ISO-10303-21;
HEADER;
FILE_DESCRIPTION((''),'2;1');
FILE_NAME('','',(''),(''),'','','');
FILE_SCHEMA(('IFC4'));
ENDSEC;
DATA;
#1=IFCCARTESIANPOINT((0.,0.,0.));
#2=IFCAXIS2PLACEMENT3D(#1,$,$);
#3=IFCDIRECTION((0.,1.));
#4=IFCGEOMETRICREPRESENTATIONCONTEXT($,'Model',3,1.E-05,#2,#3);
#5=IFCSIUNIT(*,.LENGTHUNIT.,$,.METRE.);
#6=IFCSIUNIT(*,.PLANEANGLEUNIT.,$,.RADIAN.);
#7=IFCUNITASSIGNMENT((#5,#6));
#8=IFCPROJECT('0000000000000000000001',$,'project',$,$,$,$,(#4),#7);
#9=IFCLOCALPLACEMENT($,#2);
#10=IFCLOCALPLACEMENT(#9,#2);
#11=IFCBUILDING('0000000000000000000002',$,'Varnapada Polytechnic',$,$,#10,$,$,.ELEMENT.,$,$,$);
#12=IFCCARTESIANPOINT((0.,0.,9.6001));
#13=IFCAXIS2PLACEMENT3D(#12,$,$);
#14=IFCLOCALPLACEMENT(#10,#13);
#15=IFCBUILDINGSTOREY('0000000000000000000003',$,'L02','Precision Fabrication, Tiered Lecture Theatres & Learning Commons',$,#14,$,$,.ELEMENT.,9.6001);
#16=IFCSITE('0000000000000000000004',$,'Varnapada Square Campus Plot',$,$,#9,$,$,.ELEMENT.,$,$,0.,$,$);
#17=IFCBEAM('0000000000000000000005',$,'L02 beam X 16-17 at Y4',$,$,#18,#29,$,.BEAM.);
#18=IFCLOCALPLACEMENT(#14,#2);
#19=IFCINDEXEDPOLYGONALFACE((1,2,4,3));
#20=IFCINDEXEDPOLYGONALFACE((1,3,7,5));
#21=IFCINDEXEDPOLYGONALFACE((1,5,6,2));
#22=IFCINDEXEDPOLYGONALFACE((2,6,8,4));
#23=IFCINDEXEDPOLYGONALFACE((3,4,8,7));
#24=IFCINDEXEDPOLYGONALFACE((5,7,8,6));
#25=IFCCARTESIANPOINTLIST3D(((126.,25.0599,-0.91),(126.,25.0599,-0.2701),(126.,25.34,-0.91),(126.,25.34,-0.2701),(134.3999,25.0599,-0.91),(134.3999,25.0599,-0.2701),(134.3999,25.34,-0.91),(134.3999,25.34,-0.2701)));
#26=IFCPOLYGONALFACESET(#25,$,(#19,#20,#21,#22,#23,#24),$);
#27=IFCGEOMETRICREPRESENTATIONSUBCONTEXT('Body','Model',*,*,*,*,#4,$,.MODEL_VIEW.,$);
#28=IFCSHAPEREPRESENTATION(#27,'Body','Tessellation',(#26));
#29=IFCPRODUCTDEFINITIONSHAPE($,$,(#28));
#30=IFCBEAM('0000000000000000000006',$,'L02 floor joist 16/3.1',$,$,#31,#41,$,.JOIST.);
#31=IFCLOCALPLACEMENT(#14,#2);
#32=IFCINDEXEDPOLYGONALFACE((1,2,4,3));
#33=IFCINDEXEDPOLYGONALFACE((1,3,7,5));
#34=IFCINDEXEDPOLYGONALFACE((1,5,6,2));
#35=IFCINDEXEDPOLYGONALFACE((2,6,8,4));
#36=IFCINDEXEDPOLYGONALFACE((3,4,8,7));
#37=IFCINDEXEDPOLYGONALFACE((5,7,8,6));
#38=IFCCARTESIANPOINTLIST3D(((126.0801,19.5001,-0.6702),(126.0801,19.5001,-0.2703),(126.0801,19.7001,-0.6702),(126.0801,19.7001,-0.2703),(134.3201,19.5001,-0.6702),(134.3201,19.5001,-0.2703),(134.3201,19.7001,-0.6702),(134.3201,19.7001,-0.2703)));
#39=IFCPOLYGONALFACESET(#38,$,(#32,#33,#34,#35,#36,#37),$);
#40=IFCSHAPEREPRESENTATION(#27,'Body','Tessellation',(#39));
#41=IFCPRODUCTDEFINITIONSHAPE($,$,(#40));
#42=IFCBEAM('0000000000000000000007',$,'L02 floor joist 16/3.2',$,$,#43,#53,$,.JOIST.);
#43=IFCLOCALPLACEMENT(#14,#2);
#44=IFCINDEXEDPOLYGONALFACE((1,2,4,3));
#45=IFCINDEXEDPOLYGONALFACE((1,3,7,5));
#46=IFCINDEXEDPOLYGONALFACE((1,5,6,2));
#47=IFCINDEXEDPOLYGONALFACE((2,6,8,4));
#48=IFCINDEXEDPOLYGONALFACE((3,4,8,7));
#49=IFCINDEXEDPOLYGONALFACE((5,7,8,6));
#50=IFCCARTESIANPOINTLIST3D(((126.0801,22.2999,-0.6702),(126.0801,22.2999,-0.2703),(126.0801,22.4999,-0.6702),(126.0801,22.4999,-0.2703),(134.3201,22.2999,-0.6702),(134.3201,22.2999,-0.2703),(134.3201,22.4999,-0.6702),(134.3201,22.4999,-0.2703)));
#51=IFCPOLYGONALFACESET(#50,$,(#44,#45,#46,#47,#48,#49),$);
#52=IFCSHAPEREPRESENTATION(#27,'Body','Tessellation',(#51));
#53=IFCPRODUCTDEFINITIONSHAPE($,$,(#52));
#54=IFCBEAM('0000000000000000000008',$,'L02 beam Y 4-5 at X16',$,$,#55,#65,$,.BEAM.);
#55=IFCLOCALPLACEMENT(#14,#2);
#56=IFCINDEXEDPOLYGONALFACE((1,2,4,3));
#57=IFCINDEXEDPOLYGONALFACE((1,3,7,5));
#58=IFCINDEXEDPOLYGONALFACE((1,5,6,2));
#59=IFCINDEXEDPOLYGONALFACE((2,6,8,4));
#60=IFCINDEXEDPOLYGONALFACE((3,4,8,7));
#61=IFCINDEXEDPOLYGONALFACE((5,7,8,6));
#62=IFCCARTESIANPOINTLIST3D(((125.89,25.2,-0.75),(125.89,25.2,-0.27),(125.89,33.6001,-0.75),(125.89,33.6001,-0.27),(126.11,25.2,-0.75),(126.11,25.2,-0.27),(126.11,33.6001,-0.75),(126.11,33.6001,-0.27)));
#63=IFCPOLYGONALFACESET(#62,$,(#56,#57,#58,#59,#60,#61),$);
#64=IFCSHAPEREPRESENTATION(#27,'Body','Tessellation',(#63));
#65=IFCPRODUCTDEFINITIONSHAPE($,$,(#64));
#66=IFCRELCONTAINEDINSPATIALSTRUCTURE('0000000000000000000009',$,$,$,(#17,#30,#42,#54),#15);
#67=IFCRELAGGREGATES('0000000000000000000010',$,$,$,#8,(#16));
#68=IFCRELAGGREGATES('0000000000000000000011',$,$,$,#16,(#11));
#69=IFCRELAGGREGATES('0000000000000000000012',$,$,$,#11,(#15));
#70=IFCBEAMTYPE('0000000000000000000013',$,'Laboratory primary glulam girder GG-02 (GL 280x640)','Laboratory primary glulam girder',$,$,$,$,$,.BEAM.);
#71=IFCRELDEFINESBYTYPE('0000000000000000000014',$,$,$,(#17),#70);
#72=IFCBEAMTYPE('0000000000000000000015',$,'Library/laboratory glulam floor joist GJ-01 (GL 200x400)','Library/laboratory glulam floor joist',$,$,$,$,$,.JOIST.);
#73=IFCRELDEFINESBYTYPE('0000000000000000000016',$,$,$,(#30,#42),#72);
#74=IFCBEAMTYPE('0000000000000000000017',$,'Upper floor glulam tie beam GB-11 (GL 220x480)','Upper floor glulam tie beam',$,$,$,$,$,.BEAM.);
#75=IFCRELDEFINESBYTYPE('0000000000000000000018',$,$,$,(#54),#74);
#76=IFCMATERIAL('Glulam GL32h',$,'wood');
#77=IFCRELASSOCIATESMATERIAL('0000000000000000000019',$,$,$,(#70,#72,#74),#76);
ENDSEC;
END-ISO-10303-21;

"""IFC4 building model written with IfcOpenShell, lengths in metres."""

from ifc_helpers import new_model, si_unit, direction, frame, origin, origin_2d, place, context, subcontext, project, spatial, rectangle, extrude, material, material_profile, profile_set, type_object, element, save


model = new_model("IFC4")

# Units and contexts
model_context = context("Model", 3, precision=1e-05, world=origin(), true_north=direction((0.0, 1.0)))
body_context = subcontext(model_context, "Body", "Model", "MODEL_VIEW")
ifc_project = project(units=[si_unit("LENGTHUNIT", "METRE"), si_unit("PLANEANGLEUNIT", "RADIAN")], contexts=[model_context])

# Site, building, storey
site_placement = place(None, origin())
site = spatial("IfcSite", under=ifc_project, at=site_placement, Name="Varnapada Square Campus Plot", CompositionType="ELEMENT", RefElevation=0.0)
building_placement = place(site_placement, origin())
building = spatial("IfcBuilding", under=site, at=building_placement, Name="Varnapada Polytechnic", CompositionType="ELEMENT")
storey_placement = place(building_placement, frame((0.0, 0.0, 9.6001)))
storey = spatial("IfcBuildingStorey", under=building, at=storey_placement, Name="L02", Description="Precision Fabrication, Tiered Lecture Theatres & Learning Commons", CompositionType="ELEMENT", Elevation=9.6001)

# Beams
ifc_material_1 = material(Name="Glulam GL32h", Category="wood")
ifc_material_profile_1 = material_profile(ifc_material_1, rectangle(XDim=0.28, YDim=0.6399, at=origin_2d()), Name="GL 280x640")
ifc_profile_set_1 = profile_set([ifc_material_profile_1], Name="Glulam GL32h")
beam_type_1 = type_object("IfcBeamType", Name="Laboratory primary glulam girder GG-02 (GL 280x640)", Description="Laboratory primary glulam girder", PredefinedType="BEAM", material=ifc_profile_set_1)
beam_1_placement = place(storey_placement, frame((126.0, 25.2, -0.5901), z_axis=(1.0, 0.0, 0.0), x_axis=(0.0, 1.0, 0.0)))
element("IfcBeam", 1, at=beam_1_placement, inside=storey, type_object=beam_type_1, Name="L02 beam X 16-17 at Y4", PredefinedType="BEAM", context=body_context, shape_type="SweptSolid", body=[
    extrude(rectangle(XDim=0.28, YDim=0.6399, at=origin_2d()), origin(), (0.0, 0.0, 1.0), 8.3999),
])
ifc_material_profile_2 = material_profile(ifc_material_1, rectangle(XDim=0.2, YDim=0.3999, at=origin_2d()), Name="GL 200x400")
ifc_profile_set_2 = profile_set([ifc_material_profile_2], Name="Glulam GL32h")
beam_type_2 = type_object("IfcBeamType", Name="Library/laboratory glulam floor joist GJ-01 (GL 200x400)", Description="Library/laboratory glulam floor joist", PredefinedType="JOIST", material=ifc_profile_set_2)
for number, where, z_axis, x_axis, name in (
    (2, (126.0801, 19.6001, -0.4702), (1.0, 0.0, 0.0), (0.0, 1.0, 0.0), "L02 floor joist 16/3.1"),
    (3, (126.0801, 22.3999, -0.4702), (1.0, 0.0, 0.0), (0.0, 1.0, 0.0), "L02 floor joist 16/3.2"),
):
    element("IfcBeam", number, at=place(storey_placement, frame(where, z_axis=z_axis, x_axis=x_axis)), inside=storey, type_object=beam_type_2, Name=name, PredefinedType="JOIST", context=body_context, shape_type="SweptSolid", body=[
        extrude(rectangle(XDim=0.2, YDim=0.3999, at=origin_2d()), origin(), (0.0, 0.0, 1.0), 8.24),
    ])
ifc_material_profile_3 = material_profile(ifc_material_1, rectangle(XDim=0.22, YDim=0.48, at=origin_2d()), Name="GL 220x480")
ifc_profile_set_3 = profile_set([ifc_material_profile_3], Name="Glulam GL32h")
beam_type_3 = type_object("IfcBeamType", Name="Upper floor glulam tie beam GB-11 (GL 220x480)", Description="Upper floor glulam tie beam", PredefinedType="BEAM", material=ifc_profile_set_3)
beam_2_placement = place(storey_placement, frame((126.0, 25.2, -0.51), z_axis=(0.0, 1.0, 0.0), x_axis=(-1.0, 0.0, 0.0)))
element("IfcBeam", 4, at=beam_2_placement, inside=storey, type_object=beam_type_3, Name="L02 beam Y 4-5 at X16", PredefinedType="BEAM", context=body_context, shape_type="SweptSolid", body=[
    extrude(rectangle(XDim=0.22, YDim=0.48, at=origin_2d()), origin(), (0.0, 0.0, 1.0), 8.4001),
])

save(model, "model.ifc")
